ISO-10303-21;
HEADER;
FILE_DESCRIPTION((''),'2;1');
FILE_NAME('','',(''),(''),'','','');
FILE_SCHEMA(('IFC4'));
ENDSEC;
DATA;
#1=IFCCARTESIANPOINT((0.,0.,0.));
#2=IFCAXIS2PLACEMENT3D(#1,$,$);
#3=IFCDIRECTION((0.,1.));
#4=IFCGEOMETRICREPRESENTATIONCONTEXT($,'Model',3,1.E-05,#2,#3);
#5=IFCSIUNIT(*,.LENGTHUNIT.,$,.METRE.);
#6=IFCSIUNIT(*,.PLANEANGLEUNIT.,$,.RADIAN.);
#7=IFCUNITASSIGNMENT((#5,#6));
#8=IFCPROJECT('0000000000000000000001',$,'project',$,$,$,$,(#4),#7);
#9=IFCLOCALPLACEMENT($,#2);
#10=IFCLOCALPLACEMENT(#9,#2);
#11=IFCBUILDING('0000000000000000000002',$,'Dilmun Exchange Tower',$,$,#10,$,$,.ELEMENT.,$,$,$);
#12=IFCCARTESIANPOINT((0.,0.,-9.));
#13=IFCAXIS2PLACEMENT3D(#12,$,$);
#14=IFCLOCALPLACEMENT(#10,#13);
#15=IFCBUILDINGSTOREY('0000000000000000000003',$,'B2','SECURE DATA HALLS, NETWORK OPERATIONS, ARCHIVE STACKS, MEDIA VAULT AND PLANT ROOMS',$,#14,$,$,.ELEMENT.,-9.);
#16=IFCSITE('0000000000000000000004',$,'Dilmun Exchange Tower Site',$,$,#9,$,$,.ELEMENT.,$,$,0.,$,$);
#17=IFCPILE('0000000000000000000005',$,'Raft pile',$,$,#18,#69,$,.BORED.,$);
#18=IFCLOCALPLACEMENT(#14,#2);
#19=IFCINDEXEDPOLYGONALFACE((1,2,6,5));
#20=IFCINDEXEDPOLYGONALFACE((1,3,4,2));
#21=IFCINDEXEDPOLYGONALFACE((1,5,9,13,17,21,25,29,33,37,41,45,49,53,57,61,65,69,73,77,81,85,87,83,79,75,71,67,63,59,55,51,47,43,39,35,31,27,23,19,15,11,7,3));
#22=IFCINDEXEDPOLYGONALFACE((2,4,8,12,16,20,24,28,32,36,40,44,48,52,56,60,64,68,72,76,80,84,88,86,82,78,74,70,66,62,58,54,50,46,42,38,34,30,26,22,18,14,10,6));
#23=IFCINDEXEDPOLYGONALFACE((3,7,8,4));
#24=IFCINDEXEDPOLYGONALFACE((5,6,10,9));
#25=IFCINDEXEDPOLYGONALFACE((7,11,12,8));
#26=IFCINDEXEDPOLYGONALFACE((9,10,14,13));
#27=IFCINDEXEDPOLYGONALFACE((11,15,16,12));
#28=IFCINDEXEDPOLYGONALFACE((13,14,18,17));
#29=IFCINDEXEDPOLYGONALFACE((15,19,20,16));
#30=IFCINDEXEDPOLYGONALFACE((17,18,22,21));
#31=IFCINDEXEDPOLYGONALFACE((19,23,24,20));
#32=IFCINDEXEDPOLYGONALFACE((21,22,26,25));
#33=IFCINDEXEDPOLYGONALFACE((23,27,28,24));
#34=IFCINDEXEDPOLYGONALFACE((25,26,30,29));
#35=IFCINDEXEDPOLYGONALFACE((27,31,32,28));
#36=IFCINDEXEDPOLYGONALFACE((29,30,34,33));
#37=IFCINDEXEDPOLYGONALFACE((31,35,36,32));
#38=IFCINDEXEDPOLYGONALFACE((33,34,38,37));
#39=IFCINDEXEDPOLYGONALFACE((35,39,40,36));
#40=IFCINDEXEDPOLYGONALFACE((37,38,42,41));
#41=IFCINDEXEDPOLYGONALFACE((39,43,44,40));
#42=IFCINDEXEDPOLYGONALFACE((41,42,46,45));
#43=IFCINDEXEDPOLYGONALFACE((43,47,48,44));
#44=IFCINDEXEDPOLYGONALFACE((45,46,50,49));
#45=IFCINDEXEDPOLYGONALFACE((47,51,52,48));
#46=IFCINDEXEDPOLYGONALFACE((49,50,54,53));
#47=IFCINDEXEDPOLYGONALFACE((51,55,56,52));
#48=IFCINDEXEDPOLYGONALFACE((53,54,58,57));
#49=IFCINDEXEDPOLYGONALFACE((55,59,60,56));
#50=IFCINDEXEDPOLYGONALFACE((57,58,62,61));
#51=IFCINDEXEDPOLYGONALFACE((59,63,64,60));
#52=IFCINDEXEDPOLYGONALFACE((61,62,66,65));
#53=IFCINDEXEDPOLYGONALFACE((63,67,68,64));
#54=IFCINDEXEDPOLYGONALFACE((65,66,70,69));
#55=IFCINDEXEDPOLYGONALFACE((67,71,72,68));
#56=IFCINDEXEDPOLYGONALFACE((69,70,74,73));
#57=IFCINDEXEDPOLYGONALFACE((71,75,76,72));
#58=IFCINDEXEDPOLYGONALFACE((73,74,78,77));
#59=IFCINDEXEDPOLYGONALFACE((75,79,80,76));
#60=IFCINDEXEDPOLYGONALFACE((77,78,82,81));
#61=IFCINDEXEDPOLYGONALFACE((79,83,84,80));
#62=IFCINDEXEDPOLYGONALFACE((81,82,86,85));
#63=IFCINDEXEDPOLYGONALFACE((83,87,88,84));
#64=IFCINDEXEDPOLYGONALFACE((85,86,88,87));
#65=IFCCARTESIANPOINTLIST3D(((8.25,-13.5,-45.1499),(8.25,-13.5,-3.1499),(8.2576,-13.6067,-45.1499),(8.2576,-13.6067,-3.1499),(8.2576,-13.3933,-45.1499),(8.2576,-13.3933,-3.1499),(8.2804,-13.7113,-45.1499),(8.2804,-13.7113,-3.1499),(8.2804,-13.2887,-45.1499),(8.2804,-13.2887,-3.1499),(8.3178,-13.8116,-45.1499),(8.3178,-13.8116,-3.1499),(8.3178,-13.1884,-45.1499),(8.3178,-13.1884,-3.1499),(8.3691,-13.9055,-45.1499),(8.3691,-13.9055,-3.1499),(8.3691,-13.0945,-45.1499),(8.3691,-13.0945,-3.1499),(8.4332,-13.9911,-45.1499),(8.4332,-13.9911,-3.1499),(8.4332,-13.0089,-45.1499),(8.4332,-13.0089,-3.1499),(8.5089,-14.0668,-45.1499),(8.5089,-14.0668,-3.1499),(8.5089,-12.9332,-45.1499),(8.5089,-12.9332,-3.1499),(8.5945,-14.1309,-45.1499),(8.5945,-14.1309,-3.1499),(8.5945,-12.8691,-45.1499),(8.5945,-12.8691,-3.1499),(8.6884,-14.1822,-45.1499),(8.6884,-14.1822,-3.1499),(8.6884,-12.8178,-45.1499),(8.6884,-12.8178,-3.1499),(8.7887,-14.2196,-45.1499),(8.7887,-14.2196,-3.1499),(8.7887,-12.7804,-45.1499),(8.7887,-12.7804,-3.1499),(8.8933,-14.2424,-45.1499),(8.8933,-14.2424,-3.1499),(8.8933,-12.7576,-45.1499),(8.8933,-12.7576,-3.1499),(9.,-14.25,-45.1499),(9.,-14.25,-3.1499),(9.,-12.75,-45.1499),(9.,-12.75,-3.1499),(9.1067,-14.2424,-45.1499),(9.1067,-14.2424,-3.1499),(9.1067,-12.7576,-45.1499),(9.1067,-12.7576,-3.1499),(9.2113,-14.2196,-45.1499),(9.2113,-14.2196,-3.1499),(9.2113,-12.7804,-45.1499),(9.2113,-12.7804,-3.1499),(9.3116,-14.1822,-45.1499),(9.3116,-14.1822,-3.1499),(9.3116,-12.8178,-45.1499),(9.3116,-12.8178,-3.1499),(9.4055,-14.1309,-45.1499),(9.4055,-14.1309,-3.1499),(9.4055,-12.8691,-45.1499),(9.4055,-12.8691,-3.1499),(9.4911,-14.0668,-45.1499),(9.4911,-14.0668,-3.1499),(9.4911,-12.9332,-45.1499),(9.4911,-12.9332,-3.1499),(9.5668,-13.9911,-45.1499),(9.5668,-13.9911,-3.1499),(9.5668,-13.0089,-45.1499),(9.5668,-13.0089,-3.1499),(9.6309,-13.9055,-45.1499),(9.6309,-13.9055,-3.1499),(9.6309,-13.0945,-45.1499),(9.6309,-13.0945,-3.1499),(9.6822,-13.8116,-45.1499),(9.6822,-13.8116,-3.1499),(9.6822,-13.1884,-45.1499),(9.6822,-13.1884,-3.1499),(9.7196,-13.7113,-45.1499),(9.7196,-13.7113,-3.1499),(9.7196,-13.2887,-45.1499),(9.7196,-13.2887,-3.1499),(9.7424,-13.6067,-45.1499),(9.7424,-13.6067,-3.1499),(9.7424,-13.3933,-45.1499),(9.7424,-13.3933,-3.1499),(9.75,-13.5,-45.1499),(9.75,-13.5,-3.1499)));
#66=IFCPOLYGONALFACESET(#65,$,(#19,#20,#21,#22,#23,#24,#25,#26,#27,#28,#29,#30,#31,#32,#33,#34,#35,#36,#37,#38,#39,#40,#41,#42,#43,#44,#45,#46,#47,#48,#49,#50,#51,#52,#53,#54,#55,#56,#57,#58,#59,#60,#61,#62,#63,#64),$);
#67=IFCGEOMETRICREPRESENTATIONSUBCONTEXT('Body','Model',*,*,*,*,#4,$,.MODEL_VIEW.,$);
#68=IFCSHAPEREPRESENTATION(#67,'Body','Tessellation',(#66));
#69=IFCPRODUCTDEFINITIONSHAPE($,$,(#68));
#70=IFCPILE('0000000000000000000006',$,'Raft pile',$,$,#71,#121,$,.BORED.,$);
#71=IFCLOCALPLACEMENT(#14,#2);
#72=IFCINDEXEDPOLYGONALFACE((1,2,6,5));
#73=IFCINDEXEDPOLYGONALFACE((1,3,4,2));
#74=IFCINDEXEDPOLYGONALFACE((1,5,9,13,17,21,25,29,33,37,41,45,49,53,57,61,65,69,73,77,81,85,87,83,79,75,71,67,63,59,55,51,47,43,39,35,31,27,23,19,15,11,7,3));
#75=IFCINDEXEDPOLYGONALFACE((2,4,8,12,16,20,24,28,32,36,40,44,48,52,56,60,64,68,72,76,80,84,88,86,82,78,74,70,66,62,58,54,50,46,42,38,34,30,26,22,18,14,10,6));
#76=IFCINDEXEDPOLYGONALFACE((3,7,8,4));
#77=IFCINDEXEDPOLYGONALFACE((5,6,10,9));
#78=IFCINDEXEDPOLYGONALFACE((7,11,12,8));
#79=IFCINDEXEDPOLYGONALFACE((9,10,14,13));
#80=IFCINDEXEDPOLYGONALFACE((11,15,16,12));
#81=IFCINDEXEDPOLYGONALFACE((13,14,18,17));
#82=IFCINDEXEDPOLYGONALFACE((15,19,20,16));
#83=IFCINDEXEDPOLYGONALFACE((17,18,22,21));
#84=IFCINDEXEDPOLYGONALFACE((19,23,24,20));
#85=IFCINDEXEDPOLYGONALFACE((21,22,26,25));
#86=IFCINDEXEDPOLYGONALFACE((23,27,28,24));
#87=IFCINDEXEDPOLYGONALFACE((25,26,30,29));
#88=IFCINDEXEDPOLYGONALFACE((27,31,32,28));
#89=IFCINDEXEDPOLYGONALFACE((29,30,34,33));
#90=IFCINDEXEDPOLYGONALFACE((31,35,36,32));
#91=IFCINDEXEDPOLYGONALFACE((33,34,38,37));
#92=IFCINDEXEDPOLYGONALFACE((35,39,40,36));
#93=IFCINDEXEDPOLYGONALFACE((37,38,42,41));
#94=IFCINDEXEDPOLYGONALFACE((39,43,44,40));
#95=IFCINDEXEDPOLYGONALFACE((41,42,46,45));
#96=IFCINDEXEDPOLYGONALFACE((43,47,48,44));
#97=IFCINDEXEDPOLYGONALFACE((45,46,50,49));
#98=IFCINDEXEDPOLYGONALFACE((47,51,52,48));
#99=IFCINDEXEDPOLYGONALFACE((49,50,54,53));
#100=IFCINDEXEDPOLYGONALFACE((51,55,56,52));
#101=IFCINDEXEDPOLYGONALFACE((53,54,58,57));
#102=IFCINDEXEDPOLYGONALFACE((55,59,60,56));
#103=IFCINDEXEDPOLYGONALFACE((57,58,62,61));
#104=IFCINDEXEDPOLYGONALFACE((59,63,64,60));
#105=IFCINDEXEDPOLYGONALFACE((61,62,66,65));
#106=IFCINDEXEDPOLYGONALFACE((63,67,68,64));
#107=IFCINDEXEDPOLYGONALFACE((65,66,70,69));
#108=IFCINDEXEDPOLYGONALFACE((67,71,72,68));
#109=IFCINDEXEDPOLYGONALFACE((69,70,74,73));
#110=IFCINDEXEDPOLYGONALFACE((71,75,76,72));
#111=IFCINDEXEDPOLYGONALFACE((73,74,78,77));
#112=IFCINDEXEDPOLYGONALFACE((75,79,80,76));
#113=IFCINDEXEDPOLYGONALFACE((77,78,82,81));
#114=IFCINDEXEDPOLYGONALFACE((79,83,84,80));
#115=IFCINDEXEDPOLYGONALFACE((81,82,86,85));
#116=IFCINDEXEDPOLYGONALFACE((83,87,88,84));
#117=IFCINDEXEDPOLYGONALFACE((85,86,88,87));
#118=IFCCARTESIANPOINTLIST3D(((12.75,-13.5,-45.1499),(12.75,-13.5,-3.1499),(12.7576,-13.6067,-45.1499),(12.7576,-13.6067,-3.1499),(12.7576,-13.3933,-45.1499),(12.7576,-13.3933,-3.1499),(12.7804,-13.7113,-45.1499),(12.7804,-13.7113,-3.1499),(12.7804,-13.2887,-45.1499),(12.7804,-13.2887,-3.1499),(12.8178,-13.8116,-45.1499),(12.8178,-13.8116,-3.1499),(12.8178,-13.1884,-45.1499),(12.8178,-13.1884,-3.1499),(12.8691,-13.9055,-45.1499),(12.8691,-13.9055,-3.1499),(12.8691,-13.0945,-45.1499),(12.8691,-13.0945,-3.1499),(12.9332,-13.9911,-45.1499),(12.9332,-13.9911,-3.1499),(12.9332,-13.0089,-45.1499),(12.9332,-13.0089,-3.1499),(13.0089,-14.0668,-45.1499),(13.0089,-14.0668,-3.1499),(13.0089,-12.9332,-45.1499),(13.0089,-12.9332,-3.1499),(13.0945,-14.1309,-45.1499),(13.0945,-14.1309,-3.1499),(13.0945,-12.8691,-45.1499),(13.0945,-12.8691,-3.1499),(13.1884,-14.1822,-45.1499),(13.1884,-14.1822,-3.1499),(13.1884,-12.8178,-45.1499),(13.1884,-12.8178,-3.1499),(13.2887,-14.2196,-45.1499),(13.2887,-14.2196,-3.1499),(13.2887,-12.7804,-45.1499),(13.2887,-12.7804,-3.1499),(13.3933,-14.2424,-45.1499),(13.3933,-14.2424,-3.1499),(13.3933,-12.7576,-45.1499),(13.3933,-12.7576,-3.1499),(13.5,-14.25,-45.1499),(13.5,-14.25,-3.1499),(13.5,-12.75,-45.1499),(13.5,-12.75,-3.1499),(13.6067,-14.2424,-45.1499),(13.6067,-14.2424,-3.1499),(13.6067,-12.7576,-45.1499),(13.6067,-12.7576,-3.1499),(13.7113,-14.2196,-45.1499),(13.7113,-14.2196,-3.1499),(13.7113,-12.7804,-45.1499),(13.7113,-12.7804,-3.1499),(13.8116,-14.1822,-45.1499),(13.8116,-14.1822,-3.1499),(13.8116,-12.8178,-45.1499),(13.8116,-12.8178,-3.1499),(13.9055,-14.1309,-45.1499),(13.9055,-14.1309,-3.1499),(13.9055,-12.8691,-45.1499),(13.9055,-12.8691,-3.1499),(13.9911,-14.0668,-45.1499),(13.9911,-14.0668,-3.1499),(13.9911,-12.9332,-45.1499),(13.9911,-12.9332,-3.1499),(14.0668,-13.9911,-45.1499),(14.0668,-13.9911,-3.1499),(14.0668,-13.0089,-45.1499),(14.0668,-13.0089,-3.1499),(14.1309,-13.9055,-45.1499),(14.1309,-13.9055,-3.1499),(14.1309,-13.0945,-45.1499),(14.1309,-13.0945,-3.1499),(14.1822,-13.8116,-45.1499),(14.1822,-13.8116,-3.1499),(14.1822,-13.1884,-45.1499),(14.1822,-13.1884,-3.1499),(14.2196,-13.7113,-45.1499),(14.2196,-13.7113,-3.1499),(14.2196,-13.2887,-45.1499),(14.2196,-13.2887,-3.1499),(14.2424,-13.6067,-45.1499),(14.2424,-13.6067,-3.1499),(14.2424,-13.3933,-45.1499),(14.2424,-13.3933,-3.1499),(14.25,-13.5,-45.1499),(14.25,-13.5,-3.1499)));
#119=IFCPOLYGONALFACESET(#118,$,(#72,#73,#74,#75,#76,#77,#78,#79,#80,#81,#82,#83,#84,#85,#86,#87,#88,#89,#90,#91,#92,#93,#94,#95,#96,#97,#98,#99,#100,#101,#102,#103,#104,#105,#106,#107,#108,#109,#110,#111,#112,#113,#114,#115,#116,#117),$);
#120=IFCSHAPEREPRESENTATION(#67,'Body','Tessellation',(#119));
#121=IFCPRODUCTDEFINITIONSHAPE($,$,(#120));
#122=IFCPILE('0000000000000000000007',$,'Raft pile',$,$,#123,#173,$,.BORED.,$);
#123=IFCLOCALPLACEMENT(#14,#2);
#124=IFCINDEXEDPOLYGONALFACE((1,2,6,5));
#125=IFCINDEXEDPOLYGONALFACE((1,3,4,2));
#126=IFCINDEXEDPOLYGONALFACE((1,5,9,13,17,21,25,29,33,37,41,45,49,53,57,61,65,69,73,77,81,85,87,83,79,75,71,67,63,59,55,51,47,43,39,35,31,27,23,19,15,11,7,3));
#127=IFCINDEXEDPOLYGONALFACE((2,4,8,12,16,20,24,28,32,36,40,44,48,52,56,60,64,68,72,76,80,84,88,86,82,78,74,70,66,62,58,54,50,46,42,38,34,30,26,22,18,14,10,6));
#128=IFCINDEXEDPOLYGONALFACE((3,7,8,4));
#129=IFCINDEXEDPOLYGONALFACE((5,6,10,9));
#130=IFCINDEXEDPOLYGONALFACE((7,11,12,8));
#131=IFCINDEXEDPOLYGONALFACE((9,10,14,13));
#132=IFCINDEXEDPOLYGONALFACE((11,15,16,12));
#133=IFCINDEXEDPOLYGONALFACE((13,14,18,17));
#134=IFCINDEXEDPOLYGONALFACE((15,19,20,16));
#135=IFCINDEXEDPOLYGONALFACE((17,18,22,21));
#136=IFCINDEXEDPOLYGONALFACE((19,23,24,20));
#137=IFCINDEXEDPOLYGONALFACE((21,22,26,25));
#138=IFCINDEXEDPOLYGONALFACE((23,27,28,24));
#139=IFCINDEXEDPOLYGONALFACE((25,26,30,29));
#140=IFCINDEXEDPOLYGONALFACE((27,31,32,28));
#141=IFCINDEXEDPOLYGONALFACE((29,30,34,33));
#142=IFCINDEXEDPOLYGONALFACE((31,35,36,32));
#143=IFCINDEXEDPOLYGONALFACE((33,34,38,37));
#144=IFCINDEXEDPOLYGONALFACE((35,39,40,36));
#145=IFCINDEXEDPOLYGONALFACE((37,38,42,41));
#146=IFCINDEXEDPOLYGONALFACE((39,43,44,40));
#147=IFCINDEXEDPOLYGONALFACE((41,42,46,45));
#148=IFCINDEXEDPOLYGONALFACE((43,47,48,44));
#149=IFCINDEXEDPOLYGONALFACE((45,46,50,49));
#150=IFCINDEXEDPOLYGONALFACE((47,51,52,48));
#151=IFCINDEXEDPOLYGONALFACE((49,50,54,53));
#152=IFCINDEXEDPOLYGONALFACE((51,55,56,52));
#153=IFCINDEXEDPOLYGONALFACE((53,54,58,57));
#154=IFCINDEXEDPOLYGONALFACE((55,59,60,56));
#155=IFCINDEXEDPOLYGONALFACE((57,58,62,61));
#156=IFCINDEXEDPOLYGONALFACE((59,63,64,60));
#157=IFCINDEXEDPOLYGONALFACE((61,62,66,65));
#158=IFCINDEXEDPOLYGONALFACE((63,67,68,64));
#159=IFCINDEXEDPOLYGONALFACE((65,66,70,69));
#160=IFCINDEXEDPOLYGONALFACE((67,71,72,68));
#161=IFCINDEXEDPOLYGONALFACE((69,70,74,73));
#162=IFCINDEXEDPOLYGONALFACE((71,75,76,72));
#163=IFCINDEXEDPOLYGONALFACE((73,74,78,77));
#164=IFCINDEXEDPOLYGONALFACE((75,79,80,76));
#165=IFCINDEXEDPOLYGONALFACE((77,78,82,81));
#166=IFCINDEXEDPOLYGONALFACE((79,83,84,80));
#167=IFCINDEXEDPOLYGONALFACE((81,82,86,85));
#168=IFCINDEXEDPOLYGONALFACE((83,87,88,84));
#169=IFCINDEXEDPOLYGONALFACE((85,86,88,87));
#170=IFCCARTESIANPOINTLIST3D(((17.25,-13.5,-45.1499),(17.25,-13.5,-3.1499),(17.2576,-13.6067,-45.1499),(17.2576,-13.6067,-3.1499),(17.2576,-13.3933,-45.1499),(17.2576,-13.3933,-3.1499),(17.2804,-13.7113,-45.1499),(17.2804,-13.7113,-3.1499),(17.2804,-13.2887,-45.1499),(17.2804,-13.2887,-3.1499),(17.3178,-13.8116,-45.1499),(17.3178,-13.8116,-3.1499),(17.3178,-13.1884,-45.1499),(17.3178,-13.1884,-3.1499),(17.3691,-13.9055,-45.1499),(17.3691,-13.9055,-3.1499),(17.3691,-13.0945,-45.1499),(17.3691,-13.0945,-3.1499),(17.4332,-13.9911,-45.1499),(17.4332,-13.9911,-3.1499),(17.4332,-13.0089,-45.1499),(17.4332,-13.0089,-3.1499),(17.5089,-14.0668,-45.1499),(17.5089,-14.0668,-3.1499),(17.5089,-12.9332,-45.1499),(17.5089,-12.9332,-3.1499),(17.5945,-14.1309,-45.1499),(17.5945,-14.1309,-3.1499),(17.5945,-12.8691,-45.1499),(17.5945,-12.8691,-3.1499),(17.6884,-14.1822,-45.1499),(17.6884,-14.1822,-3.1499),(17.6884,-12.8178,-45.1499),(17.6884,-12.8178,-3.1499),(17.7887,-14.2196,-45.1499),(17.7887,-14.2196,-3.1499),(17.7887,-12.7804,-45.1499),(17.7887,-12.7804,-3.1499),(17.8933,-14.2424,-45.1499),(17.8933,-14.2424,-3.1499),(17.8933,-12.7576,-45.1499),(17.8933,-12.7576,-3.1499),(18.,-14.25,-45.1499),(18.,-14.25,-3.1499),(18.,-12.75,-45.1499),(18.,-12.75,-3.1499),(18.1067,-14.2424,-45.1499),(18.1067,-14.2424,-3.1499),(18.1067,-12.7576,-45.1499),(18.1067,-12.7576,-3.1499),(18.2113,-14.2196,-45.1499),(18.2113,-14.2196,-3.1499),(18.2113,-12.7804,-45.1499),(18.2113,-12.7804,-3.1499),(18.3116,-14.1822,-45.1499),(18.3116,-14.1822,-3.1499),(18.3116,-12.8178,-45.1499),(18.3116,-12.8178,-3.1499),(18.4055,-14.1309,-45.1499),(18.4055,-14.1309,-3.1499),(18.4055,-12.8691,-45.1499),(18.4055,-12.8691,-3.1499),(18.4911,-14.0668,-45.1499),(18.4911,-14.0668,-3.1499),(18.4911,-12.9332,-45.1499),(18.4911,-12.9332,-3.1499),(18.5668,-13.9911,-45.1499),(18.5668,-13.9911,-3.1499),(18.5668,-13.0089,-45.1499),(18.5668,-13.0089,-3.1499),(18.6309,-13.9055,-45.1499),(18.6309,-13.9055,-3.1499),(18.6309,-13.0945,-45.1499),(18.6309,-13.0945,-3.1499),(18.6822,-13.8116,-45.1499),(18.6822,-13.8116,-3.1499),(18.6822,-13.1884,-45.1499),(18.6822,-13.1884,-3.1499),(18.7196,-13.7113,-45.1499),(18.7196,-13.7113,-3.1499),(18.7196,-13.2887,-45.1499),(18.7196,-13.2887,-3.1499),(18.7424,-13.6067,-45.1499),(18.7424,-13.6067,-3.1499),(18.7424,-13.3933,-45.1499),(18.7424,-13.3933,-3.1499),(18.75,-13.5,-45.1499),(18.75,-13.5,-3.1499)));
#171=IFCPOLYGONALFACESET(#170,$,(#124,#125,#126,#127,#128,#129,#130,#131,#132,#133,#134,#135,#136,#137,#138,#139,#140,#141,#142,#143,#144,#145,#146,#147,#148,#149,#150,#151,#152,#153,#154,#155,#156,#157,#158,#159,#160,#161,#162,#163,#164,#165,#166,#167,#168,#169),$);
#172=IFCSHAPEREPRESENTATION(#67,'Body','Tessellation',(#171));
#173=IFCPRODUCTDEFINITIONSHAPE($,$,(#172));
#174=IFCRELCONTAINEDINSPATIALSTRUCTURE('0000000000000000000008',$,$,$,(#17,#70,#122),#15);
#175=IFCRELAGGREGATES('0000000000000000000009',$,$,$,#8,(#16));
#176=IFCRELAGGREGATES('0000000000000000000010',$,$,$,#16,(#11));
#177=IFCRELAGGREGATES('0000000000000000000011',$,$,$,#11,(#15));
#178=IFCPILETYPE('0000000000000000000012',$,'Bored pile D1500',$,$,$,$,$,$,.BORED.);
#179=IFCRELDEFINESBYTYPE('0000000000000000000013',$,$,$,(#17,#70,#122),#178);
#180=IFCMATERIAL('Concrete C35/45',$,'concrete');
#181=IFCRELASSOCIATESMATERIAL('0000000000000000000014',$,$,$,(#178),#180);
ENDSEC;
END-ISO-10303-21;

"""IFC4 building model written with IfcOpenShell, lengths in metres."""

from ifc_helpers import new_model, si_unit, direction, frame, origin, origin_2d, place, context, subcontext, project, spatial, circle, extrude, material, material_profile, profile_set, type_object, element, save


model = new_model("IFC4")

# Units and contexts
model_context = context("Model", 3, precision=1e-05, world=origin(), true_north=direction((0.0, 1.0)))
body_context = subcontext(model_context, "Body", "Model", "MODEL_VIEW")
ifc_project = project(units=[si_unit("LENGTHUNIT", "METRE"), si_unit("PLANEANGLEUNIT", "RADIAN")], contexts=[model_context])

# Site, building, storey
site_placement = place(None, origin())
site = spatial("IfcSite", under=ifc_project, at=site_placement, Name="Dilmun Exchange Tower Site", CompositionType="ELEMENT", RefElevation=0.0)
building_placement = place(site_placement, origin())
building = spatial("IfcBuilding", under=site, at=building_placement, Name="Dilmun Exchange Tower", CompositionType="ELEMENT")
storey_placement = place(building_placement, frame((0.0, 0.0, -9.0)))
storey = spatial("IfcBuildingStorey", under=building, at=storey_placement, Name="B2", Description="SECURE DATA HALLS, NETWORK OPERATIONS, ARCHIVE STACKS, MEDIA VAULT AND PLANT ROOMS", CompositionType="ELEMENT", Elevation=-9.0)

# Piles
ifc_material_1 = material(Name="Concrete C35/45", Category="concrete")
ifc_material_profile = material_profile(ifc_material_1, circle(Radius=0.75, at=origin_2d()), Name="D1500")
ifc_profile_set = profile_set([ifc_material_profile], Name="Concrete C35/45")
pile_type = type_object("IfcPileType", Name="Bored pile D1500", PredefinedType="BORED", material=ifc_profile_set)
for number, where, z_axis, x_axis, name in (
    (1, (9.0, -13.5, -3.1499), (0.0, 0.0, -1.0), (1.0, 0.0, 0.0), "Raft pile"),
    (2, (13.5, -13.5, -3.1499), (0.0, 0.0, -1.0), (1.0, 0.0, 0.0), "Raft pile"),
    (3, (18.0, -13.5, -3.1499), (0.0, 0.0, -1.0), (1.0, 0.0, 0.0), "Raft pile"),
):
    element("IfcPile", number, at=place(storey_placement, frame(where, z_axis=z_axis, x_axis=x_axis)), inside=storey, type_object=pile_type, Name=name, PredefinedType="BORED", context=body_context, shape_type="SweptSolid", body=[
        extrude(circle(Radius=0.75, at=origin_2d()), origin(), (0.0, 0.0, 1.0), 42.0),
    ])

save(model, "model.ifc")
